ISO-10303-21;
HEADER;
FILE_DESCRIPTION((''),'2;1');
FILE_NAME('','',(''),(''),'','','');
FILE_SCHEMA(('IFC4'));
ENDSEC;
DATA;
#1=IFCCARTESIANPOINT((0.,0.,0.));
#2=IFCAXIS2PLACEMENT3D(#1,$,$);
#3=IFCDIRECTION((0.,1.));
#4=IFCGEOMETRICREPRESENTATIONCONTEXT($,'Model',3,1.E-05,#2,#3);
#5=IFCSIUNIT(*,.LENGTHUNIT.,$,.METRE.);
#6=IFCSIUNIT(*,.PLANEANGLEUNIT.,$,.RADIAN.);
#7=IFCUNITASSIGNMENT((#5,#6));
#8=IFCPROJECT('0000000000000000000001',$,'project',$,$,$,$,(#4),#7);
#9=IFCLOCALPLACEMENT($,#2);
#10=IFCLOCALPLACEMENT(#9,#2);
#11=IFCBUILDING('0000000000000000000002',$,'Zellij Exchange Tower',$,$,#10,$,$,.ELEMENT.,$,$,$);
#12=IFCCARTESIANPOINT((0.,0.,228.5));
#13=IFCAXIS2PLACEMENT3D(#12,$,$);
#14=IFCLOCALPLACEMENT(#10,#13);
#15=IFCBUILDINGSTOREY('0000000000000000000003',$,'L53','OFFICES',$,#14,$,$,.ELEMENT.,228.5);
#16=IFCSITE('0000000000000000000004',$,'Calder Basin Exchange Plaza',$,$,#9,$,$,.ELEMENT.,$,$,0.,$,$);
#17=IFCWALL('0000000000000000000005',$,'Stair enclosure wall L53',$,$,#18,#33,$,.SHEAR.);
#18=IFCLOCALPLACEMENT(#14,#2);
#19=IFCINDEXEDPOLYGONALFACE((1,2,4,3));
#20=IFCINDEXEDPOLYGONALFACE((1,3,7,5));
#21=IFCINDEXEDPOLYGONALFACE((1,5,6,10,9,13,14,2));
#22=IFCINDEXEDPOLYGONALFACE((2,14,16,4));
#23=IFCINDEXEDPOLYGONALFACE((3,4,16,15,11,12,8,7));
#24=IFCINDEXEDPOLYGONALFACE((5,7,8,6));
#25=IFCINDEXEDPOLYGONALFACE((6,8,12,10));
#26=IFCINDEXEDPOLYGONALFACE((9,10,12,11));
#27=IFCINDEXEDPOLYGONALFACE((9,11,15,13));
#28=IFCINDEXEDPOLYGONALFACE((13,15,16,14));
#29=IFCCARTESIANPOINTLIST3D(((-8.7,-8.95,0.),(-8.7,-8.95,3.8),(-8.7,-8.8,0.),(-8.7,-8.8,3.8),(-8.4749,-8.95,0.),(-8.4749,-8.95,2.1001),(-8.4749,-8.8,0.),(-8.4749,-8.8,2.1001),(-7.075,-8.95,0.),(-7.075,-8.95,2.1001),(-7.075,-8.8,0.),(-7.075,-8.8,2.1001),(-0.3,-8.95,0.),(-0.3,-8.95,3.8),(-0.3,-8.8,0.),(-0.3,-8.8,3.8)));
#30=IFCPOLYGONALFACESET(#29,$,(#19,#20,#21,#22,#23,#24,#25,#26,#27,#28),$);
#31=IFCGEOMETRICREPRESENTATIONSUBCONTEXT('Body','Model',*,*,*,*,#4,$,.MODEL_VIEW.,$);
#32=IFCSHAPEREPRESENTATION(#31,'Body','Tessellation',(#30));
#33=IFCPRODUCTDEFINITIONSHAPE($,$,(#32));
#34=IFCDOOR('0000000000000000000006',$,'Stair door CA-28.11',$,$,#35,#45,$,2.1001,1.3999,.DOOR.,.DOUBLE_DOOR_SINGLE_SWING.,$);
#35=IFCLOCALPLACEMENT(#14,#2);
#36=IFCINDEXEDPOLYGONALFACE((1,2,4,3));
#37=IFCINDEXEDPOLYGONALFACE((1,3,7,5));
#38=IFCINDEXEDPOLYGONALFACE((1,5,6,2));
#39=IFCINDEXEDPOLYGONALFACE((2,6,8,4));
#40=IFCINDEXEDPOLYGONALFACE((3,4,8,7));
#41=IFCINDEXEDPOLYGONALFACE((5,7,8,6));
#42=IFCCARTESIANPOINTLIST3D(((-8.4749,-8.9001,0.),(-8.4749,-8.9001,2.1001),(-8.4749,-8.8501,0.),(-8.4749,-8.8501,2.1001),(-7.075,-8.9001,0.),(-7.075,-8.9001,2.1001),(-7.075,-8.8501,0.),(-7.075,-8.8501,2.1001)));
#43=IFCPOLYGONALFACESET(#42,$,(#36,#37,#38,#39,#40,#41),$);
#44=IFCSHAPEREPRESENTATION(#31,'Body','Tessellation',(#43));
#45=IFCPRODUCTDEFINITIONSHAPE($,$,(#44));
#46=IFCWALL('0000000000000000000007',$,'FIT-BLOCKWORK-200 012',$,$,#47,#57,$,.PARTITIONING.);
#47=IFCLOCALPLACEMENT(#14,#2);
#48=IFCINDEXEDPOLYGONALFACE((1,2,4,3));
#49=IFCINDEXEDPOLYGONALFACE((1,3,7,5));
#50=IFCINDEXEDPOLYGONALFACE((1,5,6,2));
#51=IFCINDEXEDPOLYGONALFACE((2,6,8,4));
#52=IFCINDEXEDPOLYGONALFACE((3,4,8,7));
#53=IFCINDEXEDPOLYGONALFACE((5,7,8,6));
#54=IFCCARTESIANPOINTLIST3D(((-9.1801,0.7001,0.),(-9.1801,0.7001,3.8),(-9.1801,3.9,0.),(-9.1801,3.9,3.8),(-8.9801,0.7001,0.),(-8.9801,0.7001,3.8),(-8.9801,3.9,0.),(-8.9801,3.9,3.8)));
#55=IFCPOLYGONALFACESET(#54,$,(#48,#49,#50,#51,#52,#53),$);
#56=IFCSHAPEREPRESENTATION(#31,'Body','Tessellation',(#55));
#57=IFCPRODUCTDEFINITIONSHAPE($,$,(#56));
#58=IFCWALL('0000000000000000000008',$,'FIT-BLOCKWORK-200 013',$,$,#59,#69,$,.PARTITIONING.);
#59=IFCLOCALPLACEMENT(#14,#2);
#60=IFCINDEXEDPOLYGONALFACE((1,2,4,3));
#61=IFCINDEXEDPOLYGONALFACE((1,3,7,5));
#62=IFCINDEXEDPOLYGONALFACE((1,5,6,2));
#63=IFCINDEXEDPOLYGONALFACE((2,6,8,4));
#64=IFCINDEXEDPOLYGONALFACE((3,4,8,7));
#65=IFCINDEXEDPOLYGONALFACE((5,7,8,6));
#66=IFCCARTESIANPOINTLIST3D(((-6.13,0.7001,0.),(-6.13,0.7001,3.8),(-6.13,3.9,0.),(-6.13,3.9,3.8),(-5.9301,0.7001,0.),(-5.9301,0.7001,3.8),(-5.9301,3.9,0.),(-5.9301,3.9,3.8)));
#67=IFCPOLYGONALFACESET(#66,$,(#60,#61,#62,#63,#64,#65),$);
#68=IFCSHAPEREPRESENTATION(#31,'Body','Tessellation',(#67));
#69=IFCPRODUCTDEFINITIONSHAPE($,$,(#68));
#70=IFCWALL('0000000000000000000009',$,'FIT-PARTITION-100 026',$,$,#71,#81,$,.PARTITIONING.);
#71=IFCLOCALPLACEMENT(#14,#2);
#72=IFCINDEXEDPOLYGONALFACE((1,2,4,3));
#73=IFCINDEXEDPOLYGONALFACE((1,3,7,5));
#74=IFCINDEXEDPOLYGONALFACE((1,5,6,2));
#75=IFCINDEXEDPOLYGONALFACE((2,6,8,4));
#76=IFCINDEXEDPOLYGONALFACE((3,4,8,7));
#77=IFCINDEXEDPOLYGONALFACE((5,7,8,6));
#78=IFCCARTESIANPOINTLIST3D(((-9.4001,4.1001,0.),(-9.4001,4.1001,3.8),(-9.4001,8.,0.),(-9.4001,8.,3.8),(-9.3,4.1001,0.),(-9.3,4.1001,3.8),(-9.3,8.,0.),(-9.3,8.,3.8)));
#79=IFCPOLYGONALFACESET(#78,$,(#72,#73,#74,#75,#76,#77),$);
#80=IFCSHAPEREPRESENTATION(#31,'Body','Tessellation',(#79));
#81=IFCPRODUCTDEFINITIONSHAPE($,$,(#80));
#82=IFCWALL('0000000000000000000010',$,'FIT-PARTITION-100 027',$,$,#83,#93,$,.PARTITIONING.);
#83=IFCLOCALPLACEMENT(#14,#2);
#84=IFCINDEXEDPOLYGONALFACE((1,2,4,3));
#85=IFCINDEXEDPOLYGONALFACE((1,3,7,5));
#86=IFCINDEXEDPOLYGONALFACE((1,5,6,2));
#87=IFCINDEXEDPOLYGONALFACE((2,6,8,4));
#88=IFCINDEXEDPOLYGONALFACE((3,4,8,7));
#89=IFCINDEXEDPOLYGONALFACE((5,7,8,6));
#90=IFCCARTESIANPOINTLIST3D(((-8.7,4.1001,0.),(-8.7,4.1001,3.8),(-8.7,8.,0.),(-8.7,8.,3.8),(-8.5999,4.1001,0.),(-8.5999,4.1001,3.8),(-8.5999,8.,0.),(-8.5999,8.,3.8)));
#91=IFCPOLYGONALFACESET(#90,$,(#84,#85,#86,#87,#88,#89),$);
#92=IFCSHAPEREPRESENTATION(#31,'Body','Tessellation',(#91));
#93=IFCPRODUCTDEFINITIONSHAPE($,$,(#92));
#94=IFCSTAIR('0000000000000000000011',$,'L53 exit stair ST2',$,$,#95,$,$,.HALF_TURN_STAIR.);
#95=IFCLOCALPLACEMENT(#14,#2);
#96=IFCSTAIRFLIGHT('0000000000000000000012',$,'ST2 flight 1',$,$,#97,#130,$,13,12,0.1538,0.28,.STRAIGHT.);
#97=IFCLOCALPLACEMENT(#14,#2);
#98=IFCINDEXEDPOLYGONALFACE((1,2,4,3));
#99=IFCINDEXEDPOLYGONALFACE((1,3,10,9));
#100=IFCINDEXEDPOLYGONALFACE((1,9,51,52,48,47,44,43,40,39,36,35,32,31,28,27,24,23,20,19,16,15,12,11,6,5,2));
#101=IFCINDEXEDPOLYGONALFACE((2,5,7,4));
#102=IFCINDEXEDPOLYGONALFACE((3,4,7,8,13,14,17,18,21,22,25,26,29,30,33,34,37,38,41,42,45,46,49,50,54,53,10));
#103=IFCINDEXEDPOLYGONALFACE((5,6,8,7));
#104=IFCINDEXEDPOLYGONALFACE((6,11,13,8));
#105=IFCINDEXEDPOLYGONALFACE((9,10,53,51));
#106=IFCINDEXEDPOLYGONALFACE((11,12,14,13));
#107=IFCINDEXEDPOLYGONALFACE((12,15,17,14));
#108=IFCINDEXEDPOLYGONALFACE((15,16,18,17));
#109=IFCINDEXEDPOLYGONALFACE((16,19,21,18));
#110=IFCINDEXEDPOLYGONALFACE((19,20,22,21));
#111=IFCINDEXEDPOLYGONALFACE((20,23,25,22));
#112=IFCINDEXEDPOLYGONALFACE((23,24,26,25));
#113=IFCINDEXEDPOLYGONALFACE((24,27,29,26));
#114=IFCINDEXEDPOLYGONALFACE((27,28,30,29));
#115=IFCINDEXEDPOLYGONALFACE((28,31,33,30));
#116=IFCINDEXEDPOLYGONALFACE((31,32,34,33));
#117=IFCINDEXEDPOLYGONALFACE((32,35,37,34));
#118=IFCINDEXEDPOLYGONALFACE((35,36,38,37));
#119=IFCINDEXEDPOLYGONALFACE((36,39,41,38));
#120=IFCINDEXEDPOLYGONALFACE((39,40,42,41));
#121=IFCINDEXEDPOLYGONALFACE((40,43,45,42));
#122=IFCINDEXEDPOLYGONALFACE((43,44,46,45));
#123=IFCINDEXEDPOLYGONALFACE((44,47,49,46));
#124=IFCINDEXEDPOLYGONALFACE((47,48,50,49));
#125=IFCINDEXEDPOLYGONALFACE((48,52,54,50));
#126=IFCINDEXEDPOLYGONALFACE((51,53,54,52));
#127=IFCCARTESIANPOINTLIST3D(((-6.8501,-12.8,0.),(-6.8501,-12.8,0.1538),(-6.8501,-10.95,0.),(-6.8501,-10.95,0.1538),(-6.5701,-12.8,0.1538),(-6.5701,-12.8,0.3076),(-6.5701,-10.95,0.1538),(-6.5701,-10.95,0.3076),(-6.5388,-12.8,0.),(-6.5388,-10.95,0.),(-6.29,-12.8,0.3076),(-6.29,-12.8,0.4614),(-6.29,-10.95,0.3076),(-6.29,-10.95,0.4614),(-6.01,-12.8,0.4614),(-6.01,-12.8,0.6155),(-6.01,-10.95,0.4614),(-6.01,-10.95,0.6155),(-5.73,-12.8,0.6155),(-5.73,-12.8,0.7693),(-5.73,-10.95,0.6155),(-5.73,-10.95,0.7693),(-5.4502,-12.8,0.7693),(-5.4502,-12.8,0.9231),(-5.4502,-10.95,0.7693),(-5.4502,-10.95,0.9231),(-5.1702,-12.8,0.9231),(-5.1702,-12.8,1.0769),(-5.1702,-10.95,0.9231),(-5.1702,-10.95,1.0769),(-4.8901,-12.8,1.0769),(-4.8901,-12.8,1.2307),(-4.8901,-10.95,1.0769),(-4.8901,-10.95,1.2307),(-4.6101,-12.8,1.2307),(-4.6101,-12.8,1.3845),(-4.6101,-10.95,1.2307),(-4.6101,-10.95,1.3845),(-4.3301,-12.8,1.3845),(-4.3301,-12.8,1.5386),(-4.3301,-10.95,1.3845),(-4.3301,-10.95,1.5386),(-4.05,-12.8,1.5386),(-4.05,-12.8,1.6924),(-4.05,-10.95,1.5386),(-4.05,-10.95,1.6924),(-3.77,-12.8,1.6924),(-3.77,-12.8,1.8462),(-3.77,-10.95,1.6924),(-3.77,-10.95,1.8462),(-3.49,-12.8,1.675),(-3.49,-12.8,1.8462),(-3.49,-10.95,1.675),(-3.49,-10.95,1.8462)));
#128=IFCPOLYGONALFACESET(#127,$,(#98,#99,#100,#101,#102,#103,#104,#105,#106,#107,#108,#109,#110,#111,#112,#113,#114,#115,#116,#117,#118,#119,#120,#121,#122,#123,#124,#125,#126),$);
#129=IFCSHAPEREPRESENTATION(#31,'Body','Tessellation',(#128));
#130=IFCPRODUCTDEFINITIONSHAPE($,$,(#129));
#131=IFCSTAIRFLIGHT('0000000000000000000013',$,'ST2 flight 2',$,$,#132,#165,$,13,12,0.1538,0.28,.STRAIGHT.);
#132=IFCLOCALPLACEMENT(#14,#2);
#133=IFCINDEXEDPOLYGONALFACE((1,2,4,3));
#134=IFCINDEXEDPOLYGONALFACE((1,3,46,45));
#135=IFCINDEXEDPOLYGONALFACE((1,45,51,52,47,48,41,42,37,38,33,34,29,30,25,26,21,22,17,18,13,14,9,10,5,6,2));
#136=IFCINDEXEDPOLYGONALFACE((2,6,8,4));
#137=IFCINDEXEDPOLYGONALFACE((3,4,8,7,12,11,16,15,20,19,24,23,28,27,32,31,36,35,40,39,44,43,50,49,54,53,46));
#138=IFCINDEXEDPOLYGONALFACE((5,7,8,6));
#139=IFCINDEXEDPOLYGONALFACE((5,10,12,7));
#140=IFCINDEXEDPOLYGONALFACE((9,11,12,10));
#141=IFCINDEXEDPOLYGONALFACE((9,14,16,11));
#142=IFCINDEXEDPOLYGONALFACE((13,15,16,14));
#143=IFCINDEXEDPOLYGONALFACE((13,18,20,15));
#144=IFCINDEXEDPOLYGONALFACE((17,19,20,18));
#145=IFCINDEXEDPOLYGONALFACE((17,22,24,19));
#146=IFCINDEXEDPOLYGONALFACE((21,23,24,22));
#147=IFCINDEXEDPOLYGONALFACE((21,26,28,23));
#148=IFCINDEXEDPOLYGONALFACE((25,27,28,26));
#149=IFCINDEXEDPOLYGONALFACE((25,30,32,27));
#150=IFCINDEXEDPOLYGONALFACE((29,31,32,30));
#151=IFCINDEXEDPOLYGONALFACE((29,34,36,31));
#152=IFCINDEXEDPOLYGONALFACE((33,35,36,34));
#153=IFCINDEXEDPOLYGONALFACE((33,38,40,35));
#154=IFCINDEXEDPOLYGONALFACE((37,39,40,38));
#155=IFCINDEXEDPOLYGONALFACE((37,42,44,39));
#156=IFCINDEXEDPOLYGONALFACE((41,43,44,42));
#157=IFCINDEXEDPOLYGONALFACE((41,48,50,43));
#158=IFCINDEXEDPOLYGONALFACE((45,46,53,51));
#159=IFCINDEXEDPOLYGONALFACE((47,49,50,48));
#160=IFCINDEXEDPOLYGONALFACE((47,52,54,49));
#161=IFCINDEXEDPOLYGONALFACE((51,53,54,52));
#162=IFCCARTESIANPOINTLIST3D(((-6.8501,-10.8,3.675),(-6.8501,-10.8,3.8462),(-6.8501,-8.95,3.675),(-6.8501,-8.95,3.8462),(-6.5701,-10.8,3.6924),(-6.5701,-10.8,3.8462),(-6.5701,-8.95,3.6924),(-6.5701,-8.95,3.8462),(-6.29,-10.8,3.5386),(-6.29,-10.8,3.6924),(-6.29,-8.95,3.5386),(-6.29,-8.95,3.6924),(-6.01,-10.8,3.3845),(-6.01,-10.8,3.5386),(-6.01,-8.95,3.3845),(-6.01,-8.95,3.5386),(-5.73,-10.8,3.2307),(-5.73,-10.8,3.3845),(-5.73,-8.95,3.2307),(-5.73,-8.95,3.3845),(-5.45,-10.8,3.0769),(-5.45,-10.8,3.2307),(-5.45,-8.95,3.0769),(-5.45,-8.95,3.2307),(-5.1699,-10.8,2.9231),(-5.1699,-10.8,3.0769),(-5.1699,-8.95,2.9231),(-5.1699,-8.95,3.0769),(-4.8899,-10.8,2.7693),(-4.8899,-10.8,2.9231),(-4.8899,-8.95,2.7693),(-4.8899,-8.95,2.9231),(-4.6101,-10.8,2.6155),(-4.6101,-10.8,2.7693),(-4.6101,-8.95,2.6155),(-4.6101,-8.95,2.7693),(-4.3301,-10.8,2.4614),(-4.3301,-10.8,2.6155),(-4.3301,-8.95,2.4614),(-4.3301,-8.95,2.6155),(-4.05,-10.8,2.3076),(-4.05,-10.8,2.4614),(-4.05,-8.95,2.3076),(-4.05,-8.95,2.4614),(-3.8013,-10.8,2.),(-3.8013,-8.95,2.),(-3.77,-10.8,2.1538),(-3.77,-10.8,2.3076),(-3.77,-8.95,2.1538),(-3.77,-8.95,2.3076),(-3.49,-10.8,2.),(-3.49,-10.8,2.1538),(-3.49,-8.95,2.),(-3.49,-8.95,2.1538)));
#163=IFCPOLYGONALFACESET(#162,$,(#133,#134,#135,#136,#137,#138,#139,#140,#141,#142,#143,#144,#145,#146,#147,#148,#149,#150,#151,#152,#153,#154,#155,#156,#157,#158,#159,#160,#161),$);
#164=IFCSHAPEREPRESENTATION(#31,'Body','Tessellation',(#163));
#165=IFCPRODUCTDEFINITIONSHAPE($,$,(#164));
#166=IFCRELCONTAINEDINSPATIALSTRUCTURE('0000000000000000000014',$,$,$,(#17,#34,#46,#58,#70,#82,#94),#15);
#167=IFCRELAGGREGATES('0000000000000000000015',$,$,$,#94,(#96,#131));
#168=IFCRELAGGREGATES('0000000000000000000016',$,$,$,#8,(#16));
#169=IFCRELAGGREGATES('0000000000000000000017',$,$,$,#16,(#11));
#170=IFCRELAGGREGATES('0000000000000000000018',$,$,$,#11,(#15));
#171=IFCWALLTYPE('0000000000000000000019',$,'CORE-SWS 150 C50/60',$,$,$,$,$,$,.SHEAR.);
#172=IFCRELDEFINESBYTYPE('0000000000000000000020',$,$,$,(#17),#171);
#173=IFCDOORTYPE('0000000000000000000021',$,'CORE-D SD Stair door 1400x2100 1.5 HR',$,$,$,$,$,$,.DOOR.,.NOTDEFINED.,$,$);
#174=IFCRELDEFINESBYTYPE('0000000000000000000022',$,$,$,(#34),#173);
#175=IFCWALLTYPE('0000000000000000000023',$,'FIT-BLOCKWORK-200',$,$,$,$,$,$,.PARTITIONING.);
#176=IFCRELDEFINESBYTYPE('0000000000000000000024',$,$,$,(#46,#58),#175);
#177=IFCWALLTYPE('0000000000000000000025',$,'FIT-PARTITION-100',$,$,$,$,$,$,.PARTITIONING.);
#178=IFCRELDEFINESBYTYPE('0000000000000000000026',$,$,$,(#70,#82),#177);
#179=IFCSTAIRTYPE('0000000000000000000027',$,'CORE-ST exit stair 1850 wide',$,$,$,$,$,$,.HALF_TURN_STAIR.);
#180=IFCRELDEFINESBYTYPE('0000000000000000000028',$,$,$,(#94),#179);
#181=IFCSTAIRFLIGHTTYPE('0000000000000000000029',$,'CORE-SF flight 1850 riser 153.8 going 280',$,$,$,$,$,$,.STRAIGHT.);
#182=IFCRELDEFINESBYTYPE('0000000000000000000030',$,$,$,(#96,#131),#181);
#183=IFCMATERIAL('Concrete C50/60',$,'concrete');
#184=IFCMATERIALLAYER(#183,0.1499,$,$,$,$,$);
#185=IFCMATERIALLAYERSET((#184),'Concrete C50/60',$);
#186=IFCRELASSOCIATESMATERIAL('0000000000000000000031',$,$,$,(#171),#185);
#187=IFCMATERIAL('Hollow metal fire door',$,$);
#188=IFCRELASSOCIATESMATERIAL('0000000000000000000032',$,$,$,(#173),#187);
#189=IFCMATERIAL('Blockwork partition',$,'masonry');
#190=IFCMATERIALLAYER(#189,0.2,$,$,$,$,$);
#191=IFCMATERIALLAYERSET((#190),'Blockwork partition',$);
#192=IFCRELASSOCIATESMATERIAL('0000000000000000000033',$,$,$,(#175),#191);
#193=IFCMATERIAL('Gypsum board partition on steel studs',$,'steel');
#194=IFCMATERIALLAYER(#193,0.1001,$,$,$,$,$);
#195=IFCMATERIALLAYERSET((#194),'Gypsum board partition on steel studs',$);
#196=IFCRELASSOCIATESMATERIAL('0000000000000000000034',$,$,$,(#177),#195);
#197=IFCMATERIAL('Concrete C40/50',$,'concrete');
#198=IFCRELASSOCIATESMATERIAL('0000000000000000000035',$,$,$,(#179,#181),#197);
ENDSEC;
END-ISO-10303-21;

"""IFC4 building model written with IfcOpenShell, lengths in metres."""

from ifc_helpers import new_model, si_unit, direction, frame, frame_2d, origin, place, context, subcontext, project, spatial, polyline, rectangle, outline, extrude, material, layer, layer_set, type_object, element, fill, aggregate, save


model = new_model("IFC4")

# Units and contexts
model_context = context("Model", 3, precision=1e-05, world=origin(), true_north=direction((0.0, 1.0)))
body_context = subcontext(model_context, "Body", "Model", "MODEL_VIEW")
ifc_project = project(units=[si_unit("LENGTHUNIT", "METRE"), si_unit("PLANEANGLEUNIT", "RADIAN")], contexts=[model_context])

# Site, building, storey
site_placement = place(None, origin())
site = spatial("IfcSite", under=ifc_project, at=site_placement, Name="Calder Basin Exchange Plaza", CompositionType="ELEMENT", RefElevation=0.0)
building_placement = place(site_placement, origin())
building = spatial("IfcBuilding", under=site, at=building_placement, Name="Zellij Exchange Tower", CompositionType="ELEMENT")
storey_placement = place(building_placement, frame((0.0, 0.0, 228.5)))
storey = spatial("IfcBuildingStorey", under=building, at=storey_placement, Name="L53", Description="OFFICES", CompositionType="ELEMENT", Elevation=228.5)

# Shared definitions
ifc_material_1 = material(Name="Concrete C50/60", Category="concrete")

# Shared definitions
ifc_material_2 = material(Name="Hollow metal fire door")

# Wall, opening, door
ifc_layer_1 = layer(ifc_material_1, 0.1499)
ifc_layer_set_1 = layer_set([ifc_layer_1], Name="Concrete C50/60")
wall_type_1 = type_object("IfcWallType", Name="CORE-SWS 150 C50/60", PredefinedType="SHEAR", material=ifc_layer_set_1)
wall_1_placement = place(storey_placement, frame((-8.7, -8.875, 0.0), z_axis=(0.0, 0.0, 1.0), x_axis=(1.0, 0.0, 0.0)))
wall_1 = element("IfcWall", 1, at=wall_1_placement, inside=storey, type_object=wall_type_1, Name="Stair enclosure wall L53", PredefinedType="SHEAR", context=body_context, shape_type="SweptSolid", body=[
    extrude(rectangle(XDim=8.3999, YDim=0.1499, at=frame_2d((4.2, 0.0))), origin(), (0.0, 0.0, 1.0), 3.8),
])
opening_1_placement = place(wall_1_placement, frame((0.2251, 0.0, 0.0)))
opening_1 = element("IfcOpeningElement", 2, at=opening_1_placement, cuts=wall_1, PredefinedType="OPENING", context=body_context, shape_type="SweptSolid", body=[
    extrude(rectangle(XDim=1.3999, YDim=2.1001, at=frame_2d((0.7, 1.05))), frame((0.0, 0.0869, 0.0), z_axis=(0.0, -1.0, 0.0), x_axis=(1.0, 0.0, 0.0)), (0.0, 0.0, 1.0), 0.1738),
])
door_type_1 = type_object("IfcDoorType", Name="CORE-D SD Stair door 1400x2100 1.5 HR", OperationType="NOTDEFINED", PredefinedType="DOOR", material=ifc_material_2)
door_1_placement = place(opening_1_placement, origin())
door_1 = element("IfcDoor", 3, at=door_1_placement, inside=storey, type_object=door_type_1, Name="Stair door CA-28.11", OperationType="DOUBLE_DOOR_SINGLE_SWING", OverallHeight=2.1001, OverallWidth=1.3999, PredefinedType="DOOR", context=body_context, shape_type="SweptSolid", body=[
    extrude(rectangle(XDim=1.3999, YDim=2.1001, at=frame_2d((0.7, 1.05))), frame((0.0, 0.0249, 0.0), z_axis=(0.0, -1.0, 0.0), x_axis=(1.0, 0.0, 0.0)), (0.0, 0.0, 1.0), 0.05),
])
fill(opening_1, door_1)

# Walls
ifc_material_3 = material(Name="Blockwork partition", Category="masonry")
ifc_layer_2 = layer(ifc_material_3, 0.2)
ifc_layer_set_2 = layer_set([ifc_layer_2], Name="Blockwork partition")
wall_type_2 = type_object("IfcWallType", Name="FIT-BLOCKWORK-200", PredefinedType="PARTITIONING", material=ifc_layer_set_2)
for number, where, z_axis, x_axis, name in (
    (4, (-9.0801, 0.7, 0.0), (0.0, 0.0, 1.0), (0.0, 1.0, 0.0), "FIT-BLOCKWORK-200 012"),
    (5, (-6.03, 0.7, 0.0), (0.0, 0.0, 1.0), (0.0, 1.0, 0.0), "FIT-BLOCKWORK-200 013"),
):
    element("IfcWall", number, at=place(storey_placement, frame(where, z_axis=z_axis, x_axis=x_axis)), inside=storey, type_object=wall_type_2, Name=name, PredefinedType="PARTITIONING", context=body_context, shape_type="SweptSolid", body=[
        extrude(rectangle(XDim=3.2, YDim=0.2, at=frame_2d((1.6001, 0.0))), origin(), (0.0, 0.0, 1.0), 3.8),
    ])
ifc_material_4 = material(Name="Gypsum board partition on steel studs", Category="steel")
ifc_layer_3 = layer(ifc_material_4, 0.1001)
ifc_layer_set_3 = layer_set([ifc_layer_3], Name="Gypsum board partition on steel studs")
wall_type_3 = type_object("IfcWallType", Name="FIT-PARTITION-100", PredefinedType="PARTITIONING", material=ifc_layer_set_3)
for number, where, z_axis, x_axis, name in (
    (6, (-9.3501, 4.1001, 0.0), (0.0, 0.0, 1.0), (0.0, 1.0, 0.0), "FIT-PARTITION-100 026"),
    (7, (-8.6499, 4.1001, 0.0), (0.0, 0.0, 1.0), (0.0, 1.0, 0.0), "FIT-PARTITION-100 027"),
):
    element("IfcWall", number, at=place(storey_placement, frame(where, z_axis=z_axis, x_axis=x_axis)), inside=storey, type_object=wall_type_3, Name=name, PredefinedType="PARTITIONING", context=body_context, shape_type="SweptSolid", body=[
        extrude(rectangle(XDim=3.8999, YDim=0.1001, at=frame_2d((1.95, 0.0))), origin(), (0.0, 0.0, 1.0), 3.8),
    ])

# Stair, stair flights
ifc_material_5 = material(Name="Concrete C40/50", Category="concrete")
stair_type = type_object("IfcStairType", Name="CORE-ST exit stair 1850 wide", PredefinedType="HALF_TURN_STAIR", material=ifc_material_5)
stair_placement = place(storey_placement, origin())
stair = element("IfcStair", 8, at=stair_placement, inside=storey, type_object=stair_type, Name="L53 exit stair ST2", PredefinedType="HALF_TURN_STAIR")
stair_flight_type = type_object("IfcStairFlightType", Name="CORE-SF flight 1850 riser 153.8 going 280", PredefinedType="STRAIGHT", material=ifc_material_5)
stair_flight_1_placement = place(storey_placement, frame((-6.8501, -11.875, 0.0), z_axis=(0.0, 0.0, 1.0), x_axis=(1.0, 0.0, 0.0)))
stair_flight_1 = element("IfcStairFlight", 9, at=stair_flight_1_placement, type_object=stair_flight_type, Name="ST2 flight 1", NumberOfRisers=13, NumberOfTreads=12, PredefinedType="STRAIGHT", RiserHeight=0.1538, TreadLength=0.28, context=body_context, shape_type="SweptSolid", body=[
    extrude(outline(polyline([(0.0, 0.0), (0.0, 0.1538), (0.28, 0.1538), (0.28, 0.3076), (0.5601, 0.3076), (0.5601, 0.4614), (0.8401, 0.4614), (0.8401, 0.6155), (1.1201, 0.6155), (1.1201, 0.7693), (1.3999, 0.7693), (1.3999, 0.9231), (1.6799, 0.9231), (1.6799, 1.0769), (1.96, 1.0769), (1.96, 1.2307), (2.24, 1.2307), (2.24, 1.3845), (2.52, 1.3845), (2.52, 1.5386), (2.8, 1.5386), (2.8, 1.6924), (3.0801, 1.6924), (3.0801, 1.8462), (3.3601, 1.8462), (3.3601, 2.0), (3.3601, 1.675), (0.3113, 0.0), (0.0, 0.0)])), frame((0.0, 0.925, 0.0), z_axis=(0.0, -1.0, 0.0), x_axis=(1.0, 0.0, 0.0)), (0.0, 0.0, 1.0), 1.8501),
])
stair_flight_2_placement = place(storey_placement, frame((-3.49, -9.875, 2.0), z_axis=(0.0, 0.0, 1.0), x_axis=(-1.0, 0.0, 0.0)))
stair_flight_2 = element("IfcStairFlight", 10, at=stair_flight_2_placement, type_object=stair_flight_type, Name="ST2 flight 2", NumberOfRisers=13, NumberOfTreads=12, PredefinedType="STRAIGHT", RiserHeight=0.1538, TreadLength=0.28, context=body_context, shape_type="SweptSolid", body=[
    extrude(outline(polyline([(0.0, 0.0), (0.0, 0.1538), (0.28, 0.1538), (0.28, 0.3076), (0.5601, 0.3076), (0.5601, 0.4614), (0.8401, 0.4614), (0.8401, 0.6155), (1.1201, 0.6155), (1.1201, 0.7693), (1.3999, 0.7693), (1.3999, 0.9231), (1.6799, 0.9231), (1.6799, 1.0769), (1.96, 1.0769), (1.96, 1.2307), (2.24, 1.2307), (2.24, 1.3845), (2.52, 1.3845), (2.52, 1.5386), (2.8, 1.5386), (2.8, 1.6924), (3.0801, 1.6924), (3.0801, 1.8462), (3.3601, 1.8462), (3.3601, 2.0), (3.3601, 1.675), (0.3113, 0.0), (0.0, 0.0)])), frame((0.0, 0.925, 0.0), z_axis=(0.0, -1.0, 0.0), x_axis=(1.0, 0.0, 0.0)), (0.0, 0.0, 1.0), 1.8501),
])
aggregate(stair, [stair_flight_1, stair_flight_2])

save(model, "model.ifc")
